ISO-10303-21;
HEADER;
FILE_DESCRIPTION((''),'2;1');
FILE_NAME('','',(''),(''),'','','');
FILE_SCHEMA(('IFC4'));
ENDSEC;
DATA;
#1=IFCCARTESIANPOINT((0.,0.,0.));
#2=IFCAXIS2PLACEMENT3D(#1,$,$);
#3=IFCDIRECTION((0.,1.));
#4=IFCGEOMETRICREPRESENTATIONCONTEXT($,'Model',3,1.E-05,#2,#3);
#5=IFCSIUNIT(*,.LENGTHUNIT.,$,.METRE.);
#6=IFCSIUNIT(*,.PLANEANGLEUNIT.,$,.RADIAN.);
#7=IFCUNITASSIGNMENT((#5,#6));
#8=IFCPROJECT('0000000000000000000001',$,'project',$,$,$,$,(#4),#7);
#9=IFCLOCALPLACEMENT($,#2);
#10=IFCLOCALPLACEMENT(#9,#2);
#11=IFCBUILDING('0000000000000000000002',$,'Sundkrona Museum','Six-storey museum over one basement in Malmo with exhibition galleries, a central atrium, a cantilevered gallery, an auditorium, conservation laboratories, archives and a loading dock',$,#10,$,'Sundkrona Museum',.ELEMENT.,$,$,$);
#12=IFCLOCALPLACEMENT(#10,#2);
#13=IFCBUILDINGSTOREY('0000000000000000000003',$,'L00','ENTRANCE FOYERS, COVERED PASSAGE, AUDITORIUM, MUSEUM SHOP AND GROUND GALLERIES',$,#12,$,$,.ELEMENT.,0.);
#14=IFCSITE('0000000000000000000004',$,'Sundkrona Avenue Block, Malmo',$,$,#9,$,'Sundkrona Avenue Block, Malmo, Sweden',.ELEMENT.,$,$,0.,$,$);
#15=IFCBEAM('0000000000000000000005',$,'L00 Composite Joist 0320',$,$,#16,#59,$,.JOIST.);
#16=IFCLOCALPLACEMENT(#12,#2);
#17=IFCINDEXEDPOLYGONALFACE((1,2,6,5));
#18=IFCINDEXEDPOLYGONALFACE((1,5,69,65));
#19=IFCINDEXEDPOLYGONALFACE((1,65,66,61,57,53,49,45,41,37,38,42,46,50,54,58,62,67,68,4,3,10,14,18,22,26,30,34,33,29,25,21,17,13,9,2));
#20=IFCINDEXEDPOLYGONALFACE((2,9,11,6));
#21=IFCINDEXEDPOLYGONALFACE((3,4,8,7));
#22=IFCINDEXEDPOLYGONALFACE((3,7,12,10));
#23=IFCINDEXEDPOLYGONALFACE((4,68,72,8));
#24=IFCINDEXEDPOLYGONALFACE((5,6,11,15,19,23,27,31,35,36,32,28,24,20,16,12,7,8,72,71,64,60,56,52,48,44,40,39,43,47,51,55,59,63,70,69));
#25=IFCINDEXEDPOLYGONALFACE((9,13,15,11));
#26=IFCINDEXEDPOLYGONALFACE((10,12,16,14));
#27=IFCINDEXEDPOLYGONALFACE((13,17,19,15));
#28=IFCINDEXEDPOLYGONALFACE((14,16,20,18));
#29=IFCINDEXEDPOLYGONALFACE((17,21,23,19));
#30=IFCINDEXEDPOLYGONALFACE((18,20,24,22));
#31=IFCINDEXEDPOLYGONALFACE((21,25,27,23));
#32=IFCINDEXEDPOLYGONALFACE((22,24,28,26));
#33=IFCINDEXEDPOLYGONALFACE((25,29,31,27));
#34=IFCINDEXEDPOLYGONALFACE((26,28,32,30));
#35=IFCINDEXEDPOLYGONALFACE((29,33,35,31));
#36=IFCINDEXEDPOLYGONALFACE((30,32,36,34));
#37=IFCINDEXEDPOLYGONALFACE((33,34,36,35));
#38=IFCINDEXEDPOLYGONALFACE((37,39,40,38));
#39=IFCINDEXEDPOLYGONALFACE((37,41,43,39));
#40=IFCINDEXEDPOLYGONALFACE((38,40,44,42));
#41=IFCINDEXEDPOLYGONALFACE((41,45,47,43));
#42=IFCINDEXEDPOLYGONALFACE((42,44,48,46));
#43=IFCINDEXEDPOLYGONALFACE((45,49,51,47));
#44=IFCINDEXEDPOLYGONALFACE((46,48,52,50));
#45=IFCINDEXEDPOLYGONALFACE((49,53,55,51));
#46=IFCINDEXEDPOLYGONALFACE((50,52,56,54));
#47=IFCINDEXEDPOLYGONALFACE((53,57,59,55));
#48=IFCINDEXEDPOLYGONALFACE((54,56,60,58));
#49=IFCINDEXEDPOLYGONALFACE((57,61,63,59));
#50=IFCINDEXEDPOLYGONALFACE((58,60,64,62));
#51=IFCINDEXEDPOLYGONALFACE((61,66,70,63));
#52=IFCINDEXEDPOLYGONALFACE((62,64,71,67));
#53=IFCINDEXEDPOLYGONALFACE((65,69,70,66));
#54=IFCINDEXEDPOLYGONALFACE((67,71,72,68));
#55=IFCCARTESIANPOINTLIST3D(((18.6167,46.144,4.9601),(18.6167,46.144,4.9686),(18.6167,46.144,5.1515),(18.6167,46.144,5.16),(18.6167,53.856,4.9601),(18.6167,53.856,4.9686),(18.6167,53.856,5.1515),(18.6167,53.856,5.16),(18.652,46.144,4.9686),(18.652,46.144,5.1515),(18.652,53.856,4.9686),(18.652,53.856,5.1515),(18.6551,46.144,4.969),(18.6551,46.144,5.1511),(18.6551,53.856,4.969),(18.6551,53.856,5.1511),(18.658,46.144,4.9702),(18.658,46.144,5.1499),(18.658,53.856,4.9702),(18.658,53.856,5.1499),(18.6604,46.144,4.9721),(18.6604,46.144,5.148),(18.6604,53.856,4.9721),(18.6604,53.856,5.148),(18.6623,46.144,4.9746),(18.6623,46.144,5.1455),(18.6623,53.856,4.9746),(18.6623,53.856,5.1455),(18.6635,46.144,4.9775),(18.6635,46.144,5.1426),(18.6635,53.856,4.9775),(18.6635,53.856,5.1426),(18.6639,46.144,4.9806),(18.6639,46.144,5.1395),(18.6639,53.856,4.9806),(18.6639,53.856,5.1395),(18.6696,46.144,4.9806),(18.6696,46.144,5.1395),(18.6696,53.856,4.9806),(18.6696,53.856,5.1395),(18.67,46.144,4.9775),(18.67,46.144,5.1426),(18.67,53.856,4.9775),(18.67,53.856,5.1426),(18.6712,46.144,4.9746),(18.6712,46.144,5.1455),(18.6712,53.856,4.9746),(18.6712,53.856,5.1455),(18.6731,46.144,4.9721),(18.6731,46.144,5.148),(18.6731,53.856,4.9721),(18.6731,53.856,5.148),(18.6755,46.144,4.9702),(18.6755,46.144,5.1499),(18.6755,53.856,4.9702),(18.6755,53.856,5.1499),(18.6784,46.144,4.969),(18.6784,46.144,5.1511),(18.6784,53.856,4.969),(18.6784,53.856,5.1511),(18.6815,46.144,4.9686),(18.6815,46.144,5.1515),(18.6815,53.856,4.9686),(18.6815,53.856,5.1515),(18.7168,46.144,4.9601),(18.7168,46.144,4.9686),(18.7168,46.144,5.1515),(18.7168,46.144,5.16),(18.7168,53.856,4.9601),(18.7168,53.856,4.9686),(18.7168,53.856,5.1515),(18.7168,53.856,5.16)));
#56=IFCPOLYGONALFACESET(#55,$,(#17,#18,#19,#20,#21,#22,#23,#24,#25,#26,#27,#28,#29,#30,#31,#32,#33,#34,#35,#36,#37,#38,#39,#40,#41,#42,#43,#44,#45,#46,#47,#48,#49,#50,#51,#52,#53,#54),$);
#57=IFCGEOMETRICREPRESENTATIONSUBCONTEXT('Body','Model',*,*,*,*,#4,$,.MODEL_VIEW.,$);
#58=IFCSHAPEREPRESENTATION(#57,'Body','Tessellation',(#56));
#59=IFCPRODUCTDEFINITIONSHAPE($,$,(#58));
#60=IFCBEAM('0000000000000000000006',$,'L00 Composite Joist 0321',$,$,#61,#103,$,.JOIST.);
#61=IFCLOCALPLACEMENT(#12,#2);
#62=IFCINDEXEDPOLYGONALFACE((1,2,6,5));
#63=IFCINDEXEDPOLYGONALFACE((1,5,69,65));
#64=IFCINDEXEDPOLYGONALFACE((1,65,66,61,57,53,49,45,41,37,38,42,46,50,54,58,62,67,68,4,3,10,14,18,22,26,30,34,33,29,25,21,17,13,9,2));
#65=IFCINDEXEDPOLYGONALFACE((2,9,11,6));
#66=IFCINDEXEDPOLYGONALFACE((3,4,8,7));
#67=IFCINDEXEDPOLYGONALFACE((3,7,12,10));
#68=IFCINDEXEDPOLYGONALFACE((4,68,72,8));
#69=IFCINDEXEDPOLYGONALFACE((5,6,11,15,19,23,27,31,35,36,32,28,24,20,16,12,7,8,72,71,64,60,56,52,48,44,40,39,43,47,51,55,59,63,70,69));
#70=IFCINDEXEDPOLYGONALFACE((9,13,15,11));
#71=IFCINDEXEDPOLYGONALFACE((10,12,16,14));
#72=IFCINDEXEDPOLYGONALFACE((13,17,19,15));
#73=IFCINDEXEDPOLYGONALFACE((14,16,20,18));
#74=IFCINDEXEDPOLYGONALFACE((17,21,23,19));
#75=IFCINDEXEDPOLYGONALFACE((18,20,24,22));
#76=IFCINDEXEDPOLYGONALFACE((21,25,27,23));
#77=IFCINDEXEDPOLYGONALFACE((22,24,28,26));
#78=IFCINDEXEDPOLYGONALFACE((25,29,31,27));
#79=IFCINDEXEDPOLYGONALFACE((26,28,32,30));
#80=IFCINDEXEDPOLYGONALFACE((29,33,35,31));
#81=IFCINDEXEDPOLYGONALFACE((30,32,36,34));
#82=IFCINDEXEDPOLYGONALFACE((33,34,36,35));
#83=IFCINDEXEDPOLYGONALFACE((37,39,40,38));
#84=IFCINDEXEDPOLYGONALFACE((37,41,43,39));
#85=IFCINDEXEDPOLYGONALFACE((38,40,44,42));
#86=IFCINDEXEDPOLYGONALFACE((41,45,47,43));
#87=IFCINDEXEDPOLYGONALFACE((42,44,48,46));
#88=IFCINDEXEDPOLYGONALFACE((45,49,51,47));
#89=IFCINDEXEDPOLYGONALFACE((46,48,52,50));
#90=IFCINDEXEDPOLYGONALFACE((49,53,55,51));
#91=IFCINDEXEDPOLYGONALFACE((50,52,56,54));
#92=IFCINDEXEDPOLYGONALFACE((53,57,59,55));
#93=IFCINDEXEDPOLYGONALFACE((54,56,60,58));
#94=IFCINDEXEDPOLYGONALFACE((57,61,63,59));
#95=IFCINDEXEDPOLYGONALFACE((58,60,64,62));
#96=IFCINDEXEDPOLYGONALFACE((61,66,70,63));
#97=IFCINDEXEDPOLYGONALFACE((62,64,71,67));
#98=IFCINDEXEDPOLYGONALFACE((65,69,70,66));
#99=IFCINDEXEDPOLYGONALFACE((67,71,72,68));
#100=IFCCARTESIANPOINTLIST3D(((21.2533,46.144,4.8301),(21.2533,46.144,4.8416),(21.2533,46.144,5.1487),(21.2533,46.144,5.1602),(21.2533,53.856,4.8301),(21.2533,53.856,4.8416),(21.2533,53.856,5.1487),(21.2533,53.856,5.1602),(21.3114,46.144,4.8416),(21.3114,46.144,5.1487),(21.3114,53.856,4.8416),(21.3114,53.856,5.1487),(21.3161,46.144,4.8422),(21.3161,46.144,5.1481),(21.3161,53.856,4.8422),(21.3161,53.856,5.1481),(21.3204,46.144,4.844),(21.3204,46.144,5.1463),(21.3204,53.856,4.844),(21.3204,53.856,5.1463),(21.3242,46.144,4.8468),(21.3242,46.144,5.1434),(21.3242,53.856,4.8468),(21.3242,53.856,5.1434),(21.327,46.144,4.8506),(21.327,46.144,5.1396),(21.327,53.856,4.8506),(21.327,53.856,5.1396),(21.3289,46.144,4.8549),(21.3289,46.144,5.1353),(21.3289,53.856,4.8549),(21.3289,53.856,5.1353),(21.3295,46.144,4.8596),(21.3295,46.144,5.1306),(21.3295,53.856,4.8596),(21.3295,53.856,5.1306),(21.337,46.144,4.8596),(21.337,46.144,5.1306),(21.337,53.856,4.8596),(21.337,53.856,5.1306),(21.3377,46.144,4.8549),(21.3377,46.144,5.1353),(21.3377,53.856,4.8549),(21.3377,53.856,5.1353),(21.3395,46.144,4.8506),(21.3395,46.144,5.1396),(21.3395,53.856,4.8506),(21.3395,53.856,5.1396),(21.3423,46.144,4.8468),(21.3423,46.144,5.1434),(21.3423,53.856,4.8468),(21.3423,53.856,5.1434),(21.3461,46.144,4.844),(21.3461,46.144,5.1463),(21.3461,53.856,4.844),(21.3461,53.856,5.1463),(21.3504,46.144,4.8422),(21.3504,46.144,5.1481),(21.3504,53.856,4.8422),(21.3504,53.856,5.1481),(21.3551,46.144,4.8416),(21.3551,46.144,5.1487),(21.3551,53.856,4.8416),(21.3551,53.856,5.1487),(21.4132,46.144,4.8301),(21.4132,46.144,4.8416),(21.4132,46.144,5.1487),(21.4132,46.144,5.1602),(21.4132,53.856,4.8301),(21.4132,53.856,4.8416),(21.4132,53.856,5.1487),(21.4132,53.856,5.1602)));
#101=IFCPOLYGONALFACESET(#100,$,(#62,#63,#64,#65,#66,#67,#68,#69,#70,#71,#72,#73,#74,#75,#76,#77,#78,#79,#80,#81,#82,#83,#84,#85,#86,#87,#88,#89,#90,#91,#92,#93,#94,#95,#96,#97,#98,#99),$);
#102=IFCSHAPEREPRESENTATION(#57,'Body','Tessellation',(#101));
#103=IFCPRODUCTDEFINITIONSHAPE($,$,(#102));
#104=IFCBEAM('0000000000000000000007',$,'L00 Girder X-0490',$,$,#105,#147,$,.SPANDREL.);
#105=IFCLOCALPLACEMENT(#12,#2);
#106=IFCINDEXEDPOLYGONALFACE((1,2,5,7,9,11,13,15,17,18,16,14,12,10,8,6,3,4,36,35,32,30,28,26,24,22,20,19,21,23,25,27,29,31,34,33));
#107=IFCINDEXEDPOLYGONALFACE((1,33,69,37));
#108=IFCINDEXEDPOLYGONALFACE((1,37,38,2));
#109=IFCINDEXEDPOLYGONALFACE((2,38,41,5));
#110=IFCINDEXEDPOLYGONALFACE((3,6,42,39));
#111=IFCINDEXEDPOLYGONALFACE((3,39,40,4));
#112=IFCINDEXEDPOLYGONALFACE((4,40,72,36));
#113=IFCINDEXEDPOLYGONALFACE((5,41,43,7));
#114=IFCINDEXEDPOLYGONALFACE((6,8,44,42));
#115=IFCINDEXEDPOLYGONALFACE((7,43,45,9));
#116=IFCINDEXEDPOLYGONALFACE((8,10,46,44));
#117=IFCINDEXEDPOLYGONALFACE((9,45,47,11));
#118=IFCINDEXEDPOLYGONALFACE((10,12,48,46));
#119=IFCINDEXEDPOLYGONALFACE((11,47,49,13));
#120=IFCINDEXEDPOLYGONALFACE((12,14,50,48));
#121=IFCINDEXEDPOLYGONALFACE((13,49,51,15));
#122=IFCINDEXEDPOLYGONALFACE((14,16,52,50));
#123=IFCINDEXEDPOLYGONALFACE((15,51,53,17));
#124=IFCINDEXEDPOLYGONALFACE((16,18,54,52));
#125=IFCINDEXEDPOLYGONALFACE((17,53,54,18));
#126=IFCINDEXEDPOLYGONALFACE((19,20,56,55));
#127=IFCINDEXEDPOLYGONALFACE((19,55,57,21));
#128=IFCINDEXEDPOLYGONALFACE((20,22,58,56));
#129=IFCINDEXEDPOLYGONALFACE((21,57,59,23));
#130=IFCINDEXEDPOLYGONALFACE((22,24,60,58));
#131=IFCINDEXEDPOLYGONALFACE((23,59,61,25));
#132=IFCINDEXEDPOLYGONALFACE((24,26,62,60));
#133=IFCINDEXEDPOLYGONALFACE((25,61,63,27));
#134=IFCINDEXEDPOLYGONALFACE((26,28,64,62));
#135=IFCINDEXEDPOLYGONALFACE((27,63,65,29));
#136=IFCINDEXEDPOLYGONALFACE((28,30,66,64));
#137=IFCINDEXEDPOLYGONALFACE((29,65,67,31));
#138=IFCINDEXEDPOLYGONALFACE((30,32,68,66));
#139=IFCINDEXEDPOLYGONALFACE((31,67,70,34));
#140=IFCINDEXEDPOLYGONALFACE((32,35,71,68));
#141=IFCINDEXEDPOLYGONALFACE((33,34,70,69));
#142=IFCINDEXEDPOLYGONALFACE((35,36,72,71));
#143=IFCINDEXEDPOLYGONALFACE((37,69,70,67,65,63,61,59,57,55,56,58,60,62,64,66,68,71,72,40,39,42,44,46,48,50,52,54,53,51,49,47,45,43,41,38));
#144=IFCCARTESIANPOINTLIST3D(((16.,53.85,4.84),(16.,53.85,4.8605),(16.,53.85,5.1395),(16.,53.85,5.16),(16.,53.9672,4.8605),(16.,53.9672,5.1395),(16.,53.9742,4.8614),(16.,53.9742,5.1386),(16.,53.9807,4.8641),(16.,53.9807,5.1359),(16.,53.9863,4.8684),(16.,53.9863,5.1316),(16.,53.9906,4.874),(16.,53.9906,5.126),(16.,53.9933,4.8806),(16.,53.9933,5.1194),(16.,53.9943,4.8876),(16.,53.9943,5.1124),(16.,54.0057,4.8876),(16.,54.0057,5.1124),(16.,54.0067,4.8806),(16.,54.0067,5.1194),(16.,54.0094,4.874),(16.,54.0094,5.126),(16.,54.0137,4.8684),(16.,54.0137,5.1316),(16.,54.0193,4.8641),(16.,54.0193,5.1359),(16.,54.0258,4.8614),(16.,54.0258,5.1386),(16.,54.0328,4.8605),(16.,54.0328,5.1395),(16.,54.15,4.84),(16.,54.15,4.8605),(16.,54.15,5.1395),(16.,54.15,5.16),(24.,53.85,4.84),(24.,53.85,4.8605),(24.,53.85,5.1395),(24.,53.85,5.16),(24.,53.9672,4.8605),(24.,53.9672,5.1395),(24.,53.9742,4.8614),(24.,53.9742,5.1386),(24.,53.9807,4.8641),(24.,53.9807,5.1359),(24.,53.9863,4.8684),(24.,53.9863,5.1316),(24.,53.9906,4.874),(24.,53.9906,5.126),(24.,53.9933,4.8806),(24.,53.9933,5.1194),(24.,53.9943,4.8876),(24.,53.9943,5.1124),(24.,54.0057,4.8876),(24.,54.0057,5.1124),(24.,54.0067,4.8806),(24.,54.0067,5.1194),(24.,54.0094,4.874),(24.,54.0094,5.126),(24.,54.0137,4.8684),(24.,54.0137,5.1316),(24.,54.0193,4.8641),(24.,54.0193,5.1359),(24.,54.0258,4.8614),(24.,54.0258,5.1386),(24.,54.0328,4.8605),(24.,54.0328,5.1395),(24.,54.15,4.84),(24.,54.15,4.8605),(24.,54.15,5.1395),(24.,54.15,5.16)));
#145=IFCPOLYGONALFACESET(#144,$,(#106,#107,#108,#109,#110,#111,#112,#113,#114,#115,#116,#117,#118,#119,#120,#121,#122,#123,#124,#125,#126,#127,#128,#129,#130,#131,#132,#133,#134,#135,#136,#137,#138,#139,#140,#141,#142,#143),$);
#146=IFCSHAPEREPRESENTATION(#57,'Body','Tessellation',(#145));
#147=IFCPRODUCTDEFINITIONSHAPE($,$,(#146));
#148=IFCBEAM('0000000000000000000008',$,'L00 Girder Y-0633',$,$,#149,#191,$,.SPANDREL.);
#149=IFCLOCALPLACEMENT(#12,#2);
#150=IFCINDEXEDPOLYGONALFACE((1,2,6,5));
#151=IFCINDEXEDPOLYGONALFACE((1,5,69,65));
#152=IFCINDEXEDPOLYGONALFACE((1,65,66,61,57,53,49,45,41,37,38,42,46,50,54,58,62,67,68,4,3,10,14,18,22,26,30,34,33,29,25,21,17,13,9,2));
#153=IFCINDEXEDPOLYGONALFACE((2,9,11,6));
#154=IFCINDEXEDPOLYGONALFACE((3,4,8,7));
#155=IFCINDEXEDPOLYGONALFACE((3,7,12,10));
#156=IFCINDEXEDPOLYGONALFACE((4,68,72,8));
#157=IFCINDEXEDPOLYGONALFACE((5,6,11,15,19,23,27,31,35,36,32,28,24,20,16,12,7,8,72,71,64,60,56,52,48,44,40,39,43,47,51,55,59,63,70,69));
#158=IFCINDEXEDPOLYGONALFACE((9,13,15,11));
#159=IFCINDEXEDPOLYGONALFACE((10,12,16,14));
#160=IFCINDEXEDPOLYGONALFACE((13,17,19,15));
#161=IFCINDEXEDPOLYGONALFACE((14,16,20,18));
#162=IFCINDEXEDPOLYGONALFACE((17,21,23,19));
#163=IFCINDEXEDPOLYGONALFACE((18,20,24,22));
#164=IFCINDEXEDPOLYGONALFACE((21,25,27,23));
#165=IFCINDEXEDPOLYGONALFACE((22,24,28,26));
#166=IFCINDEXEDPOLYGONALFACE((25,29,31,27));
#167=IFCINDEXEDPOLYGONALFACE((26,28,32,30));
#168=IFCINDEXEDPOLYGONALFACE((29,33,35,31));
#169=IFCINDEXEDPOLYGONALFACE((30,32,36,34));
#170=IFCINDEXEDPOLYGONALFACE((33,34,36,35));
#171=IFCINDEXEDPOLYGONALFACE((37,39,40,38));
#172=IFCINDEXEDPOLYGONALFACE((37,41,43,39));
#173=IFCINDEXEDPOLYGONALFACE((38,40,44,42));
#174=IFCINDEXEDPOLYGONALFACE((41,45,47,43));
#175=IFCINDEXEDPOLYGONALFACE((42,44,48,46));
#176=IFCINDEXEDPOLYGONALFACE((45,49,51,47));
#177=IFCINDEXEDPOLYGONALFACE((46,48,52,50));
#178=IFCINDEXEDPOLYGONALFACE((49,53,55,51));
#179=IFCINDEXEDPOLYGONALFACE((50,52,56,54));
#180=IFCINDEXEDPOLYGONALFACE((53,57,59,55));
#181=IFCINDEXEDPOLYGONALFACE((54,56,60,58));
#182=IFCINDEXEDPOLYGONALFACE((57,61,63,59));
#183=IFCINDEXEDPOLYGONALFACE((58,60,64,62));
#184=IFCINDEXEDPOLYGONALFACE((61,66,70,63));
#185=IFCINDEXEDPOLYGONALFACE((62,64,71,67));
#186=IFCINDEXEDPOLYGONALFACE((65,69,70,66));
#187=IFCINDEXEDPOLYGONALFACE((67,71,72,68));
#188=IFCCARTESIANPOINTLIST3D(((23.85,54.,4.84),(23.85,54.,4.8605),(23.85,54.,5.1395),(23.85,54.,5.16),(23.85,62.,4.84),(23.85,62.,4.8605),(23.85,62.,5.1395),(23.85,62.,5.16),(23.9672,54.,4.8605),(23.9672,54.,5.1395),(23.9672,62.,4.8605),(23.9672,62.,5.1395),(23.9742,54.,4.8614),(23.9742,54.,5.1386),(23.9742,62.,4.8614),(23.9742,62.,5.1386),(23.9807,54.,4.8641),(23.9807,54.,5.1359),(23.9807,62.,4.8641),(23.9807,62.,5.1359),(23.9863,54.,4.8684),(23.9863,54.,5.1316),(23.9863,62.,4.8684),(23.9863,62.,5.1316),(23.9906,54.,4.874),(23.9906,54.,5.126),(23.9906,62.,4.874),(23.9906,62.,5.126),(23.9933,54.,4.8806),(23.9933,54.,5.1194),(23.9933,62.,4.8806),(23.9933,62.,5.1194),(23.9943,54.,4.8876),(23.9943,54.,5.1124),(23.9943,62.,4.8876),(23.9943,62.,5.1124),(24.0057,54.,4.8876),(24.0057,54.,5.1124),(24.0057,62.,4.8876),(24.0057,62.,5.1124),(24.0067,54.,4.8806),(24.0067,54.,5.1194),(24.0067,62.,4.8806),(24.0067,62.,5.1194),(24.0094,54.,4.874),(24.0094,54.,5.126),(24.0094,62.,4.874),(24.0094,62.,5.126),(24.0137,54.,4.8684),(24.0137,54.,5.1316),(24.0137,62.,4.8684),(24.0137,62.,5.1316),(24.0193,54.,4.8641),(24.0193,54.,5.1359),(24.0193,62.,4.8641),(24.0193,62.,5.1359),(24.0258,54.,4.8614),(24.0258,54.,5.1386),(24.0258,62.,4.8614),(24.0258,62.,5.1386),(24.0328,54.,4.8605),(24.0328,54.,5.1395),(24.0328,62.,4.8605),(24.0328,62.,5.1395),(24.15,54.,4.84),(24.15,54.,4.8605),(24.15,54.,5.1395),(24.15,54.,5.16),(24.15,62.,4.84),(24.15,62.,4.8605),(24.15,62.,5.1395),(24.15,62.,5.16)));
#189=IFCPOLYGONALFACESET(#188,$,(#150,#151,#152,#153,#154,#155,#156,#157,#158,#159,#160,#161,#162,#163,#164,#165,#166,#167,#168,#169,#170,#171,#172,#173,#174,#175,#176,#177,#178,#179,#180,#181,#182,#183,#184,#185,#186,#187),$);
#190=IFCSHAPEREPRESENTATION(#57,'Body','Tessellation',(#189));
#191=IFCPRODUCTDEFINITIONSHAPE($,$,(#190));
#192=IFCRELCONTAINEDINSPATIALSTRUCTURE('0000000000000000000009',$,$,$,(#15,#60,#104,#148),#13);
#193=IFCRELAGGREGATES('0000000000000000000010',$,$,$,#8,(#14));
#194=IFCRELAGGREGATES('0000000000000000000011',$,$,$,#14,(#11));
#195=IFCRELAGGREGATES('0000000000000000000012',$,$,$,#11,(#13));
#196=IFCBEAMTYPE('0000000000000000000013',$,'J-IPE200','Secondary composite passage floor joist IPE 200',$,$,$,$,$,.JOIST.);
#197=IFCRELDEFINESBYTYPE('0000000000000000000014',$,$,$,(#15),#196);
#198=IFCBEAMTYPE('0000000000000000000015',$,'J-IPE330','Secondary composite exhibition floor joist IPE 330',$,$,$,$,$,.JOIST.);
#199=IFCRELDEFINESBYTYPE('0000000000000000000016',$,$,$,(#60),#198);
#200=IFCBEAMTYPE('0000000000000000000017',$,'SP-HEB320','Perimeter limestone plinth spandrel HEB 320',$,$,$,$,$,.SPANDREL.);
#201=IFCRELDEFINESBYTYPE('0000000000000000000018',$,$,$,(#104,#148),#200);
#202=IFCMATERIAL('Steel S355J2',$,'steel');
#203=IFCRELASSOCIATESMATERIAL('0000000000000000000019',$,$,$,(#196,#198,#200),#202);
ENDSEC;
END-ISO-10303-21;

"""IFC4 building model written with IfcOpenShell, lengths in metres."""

from ifc_helpers import new_model, si_unit, direction, frame, origin, origin_2d, place, context, subcontext, project, spatial, i_section, extrude, material, material_profile, profile_set, type_object, element, save


model = new_model("IFC4")

# Units and contexts
model_context = context("Model", 3, precision=1e-05, world=origin(), true_north=direction((0.0, 1.0)))
body_context = subcontext(model_context, "Body", "Model", "MODEL_VIEW")
ifc_project = project(units=[si_unit("LENGTHUNIT", "METRE"), si_unit("PLANEANGLEUNIT", "RADIAN")], contexts=[model_context])

# Site, building, storey
site_placement = place(None, origin())
site = spatial("IfcSite", under=ifc_project, at=site_placement, Name="Sundkrona Avenue Block, Malmo", LongName="Sundkrona Avenue Block, Malmo, Sweden", CompositionType="ELEMENT", RefElevation=0.0)
building_placement = place(site_placement, origin())
building = spatial("IfcBuilding", under=site, at=building_placement, Name="Sundkrona Museum", Description="Six-storey museum over one basement in Malmo with exhibition galleries, a central atrium, a cantilevered gallery, an auditorium, conservation laboratories, archives and a loading dock", LongName="Sundkrona Museum", CompositionType="ELEMENT")
storey_placement = place(building_placement, origin())
storey = spatial("IfcBuildingStorey", under=building, at=storey_placement, Name="L00", Description="ENTRANCE FOYERS, COVERED PASSAGE, AUDITORIUM, MUSEUM SHOP AND GROUND GALLERIES", CompositionType="ELEMENT", Elevation=0.0)

# Shared definitions
ifc_material_1 = material(Name="Steel S355J2", Category="steel")

# Beams
ifc_material_profile_1 = material_profile(ifc_material_1, i_section(OverallWidth=0.1001, OverallDepth=0.2, WebThickness=0.0056, FlangeThickness=0.0085, FilletRadius=0.012, at=origin_2d()), Name="IPE 200")
ifc_profile_set_1 = profile_set([ifc_material_profile_1], Name="Steel S355J2")
beam_type_1 = type_object("IfcBeamType", Name="J-IPE200", Description="Secondary composite passage floor joist IPE 200", PredefinedType="JOIST", material=ifc_profile_set_1)
beam_1_placement = place(storey_placement, frame((18.6667, 46.144, 5.0601), z_axis=(0.0, 1.0, 0.0), x_axis=(-1.0, 0.0, 0.0)))
element("IfcBeam", 1, at=beam_1_placement, inside=storey, type_object=beam_type_1, Name="L00 Composite Joist 0320", PredefinedType="JOIST", context=body_context, shape_type="SweptSolid", body=[
    extrude(i_section(OverallWidth=0.1001, OverallDepth=0.2, WebThickness=0.0056, FlangeThickness=0.0085, FilletRadius=0.012, at=origin_2d()), origin(), (0.0, 0.0, 1.0), 7.7119),
])
ifc_material_profile_2 = material_profile(ifc_material_1, i_section(OverallWidth=0.1599, OverallDepth=0.3301, WebThickness=0.0076, FlangeThickness=0.0115, FilletRadius=0.0181, at=origin_2d()), Name="IPE 330")
ifc_profile_set_2 = profile_set([ifc_material_profile_2], Name="Steel S355J2")
beam_type_2 = type_object("IfcBeamType", Name="J-IPE330", Description="Secondary composite exhibition floor joist IPE 330", PredefinedType="JOIST", material=ifc_profile_set_2)
beam_2_placement = place(storey_placement, frame((21.3333, 46.144, 4.9951), z_axis=(0.0, 1.0, 0.0), x_axis=(-1.0, 0.0, 0.0)))
element("IfcBeam", 2, at=beam_2_placement, inside=storey, type_object=beam_type_2, Name="L00 Composite Joist 0321", PredefinedType="JOIST", context=body_context, shape_type="SweptSolid", body=[
    extrude(i_section(OverallWidth=0.1599, OverallDepth=0.3301, WebThickness=0.0076, FlangeThickness=0.0115, FilletRadius=0.0181, at=origin_2d()), origin(), (0.0, 0.0, 1.0), 7.7119),
])
ifc_material_profile_3 = material_profile(ifc_material_1, i_section(OverallWidth=0.3, OverallDepth=0.3201, WebThickness=0.0115, FlangeThickness=0.0205, FilletRadius=0.0271, at=origin_2d()), Name="HEB 320")
ifc_profile_set_3 = profile_set([ifc_material_profile_3], Name="Steel S355J2")
beam_type_3 = type_object("IfcBeamType", Name="SP-HEB320", Description="Perimeter limestone plinth spandrel HEB 320", PredefinedType="SPANDREL", material=ifc_profile_set_3)
for number, where, z_axis, x_axis, name in (
    (3, (16.0, 54.0, 5.0), (1.0, 0.0, 0.0), (0.0, 1.0, 0.0), "L00 Girder X-0490"),
    (4, (24.0, 54.0, 5.0), (0.0, 1.0, 0.0), (-1.0, 0.0, 0.0), "L00 Girder Y-0633"),
):
    element("IfcBeam", number, at=place(storey_placement, frame(where, z_axis=z_axis, x_axis=x_axis)), inside=storey, type_object=beam_type_3, Name=name, PredefinedType="SPANDREL", context=body_context, shape_type="SweptSolid", body=[
        extrude(i_section(OverallWidth=0.3, OverallDepth=0.3201, WebThickness=0.0115, FlangeThickness=0.0205, FilletRadius=0.0271, at=origin_2d()), origin(), (0.0, 0.0, 1.0), 8.0),
    ])

save(model, "model.ifc")
